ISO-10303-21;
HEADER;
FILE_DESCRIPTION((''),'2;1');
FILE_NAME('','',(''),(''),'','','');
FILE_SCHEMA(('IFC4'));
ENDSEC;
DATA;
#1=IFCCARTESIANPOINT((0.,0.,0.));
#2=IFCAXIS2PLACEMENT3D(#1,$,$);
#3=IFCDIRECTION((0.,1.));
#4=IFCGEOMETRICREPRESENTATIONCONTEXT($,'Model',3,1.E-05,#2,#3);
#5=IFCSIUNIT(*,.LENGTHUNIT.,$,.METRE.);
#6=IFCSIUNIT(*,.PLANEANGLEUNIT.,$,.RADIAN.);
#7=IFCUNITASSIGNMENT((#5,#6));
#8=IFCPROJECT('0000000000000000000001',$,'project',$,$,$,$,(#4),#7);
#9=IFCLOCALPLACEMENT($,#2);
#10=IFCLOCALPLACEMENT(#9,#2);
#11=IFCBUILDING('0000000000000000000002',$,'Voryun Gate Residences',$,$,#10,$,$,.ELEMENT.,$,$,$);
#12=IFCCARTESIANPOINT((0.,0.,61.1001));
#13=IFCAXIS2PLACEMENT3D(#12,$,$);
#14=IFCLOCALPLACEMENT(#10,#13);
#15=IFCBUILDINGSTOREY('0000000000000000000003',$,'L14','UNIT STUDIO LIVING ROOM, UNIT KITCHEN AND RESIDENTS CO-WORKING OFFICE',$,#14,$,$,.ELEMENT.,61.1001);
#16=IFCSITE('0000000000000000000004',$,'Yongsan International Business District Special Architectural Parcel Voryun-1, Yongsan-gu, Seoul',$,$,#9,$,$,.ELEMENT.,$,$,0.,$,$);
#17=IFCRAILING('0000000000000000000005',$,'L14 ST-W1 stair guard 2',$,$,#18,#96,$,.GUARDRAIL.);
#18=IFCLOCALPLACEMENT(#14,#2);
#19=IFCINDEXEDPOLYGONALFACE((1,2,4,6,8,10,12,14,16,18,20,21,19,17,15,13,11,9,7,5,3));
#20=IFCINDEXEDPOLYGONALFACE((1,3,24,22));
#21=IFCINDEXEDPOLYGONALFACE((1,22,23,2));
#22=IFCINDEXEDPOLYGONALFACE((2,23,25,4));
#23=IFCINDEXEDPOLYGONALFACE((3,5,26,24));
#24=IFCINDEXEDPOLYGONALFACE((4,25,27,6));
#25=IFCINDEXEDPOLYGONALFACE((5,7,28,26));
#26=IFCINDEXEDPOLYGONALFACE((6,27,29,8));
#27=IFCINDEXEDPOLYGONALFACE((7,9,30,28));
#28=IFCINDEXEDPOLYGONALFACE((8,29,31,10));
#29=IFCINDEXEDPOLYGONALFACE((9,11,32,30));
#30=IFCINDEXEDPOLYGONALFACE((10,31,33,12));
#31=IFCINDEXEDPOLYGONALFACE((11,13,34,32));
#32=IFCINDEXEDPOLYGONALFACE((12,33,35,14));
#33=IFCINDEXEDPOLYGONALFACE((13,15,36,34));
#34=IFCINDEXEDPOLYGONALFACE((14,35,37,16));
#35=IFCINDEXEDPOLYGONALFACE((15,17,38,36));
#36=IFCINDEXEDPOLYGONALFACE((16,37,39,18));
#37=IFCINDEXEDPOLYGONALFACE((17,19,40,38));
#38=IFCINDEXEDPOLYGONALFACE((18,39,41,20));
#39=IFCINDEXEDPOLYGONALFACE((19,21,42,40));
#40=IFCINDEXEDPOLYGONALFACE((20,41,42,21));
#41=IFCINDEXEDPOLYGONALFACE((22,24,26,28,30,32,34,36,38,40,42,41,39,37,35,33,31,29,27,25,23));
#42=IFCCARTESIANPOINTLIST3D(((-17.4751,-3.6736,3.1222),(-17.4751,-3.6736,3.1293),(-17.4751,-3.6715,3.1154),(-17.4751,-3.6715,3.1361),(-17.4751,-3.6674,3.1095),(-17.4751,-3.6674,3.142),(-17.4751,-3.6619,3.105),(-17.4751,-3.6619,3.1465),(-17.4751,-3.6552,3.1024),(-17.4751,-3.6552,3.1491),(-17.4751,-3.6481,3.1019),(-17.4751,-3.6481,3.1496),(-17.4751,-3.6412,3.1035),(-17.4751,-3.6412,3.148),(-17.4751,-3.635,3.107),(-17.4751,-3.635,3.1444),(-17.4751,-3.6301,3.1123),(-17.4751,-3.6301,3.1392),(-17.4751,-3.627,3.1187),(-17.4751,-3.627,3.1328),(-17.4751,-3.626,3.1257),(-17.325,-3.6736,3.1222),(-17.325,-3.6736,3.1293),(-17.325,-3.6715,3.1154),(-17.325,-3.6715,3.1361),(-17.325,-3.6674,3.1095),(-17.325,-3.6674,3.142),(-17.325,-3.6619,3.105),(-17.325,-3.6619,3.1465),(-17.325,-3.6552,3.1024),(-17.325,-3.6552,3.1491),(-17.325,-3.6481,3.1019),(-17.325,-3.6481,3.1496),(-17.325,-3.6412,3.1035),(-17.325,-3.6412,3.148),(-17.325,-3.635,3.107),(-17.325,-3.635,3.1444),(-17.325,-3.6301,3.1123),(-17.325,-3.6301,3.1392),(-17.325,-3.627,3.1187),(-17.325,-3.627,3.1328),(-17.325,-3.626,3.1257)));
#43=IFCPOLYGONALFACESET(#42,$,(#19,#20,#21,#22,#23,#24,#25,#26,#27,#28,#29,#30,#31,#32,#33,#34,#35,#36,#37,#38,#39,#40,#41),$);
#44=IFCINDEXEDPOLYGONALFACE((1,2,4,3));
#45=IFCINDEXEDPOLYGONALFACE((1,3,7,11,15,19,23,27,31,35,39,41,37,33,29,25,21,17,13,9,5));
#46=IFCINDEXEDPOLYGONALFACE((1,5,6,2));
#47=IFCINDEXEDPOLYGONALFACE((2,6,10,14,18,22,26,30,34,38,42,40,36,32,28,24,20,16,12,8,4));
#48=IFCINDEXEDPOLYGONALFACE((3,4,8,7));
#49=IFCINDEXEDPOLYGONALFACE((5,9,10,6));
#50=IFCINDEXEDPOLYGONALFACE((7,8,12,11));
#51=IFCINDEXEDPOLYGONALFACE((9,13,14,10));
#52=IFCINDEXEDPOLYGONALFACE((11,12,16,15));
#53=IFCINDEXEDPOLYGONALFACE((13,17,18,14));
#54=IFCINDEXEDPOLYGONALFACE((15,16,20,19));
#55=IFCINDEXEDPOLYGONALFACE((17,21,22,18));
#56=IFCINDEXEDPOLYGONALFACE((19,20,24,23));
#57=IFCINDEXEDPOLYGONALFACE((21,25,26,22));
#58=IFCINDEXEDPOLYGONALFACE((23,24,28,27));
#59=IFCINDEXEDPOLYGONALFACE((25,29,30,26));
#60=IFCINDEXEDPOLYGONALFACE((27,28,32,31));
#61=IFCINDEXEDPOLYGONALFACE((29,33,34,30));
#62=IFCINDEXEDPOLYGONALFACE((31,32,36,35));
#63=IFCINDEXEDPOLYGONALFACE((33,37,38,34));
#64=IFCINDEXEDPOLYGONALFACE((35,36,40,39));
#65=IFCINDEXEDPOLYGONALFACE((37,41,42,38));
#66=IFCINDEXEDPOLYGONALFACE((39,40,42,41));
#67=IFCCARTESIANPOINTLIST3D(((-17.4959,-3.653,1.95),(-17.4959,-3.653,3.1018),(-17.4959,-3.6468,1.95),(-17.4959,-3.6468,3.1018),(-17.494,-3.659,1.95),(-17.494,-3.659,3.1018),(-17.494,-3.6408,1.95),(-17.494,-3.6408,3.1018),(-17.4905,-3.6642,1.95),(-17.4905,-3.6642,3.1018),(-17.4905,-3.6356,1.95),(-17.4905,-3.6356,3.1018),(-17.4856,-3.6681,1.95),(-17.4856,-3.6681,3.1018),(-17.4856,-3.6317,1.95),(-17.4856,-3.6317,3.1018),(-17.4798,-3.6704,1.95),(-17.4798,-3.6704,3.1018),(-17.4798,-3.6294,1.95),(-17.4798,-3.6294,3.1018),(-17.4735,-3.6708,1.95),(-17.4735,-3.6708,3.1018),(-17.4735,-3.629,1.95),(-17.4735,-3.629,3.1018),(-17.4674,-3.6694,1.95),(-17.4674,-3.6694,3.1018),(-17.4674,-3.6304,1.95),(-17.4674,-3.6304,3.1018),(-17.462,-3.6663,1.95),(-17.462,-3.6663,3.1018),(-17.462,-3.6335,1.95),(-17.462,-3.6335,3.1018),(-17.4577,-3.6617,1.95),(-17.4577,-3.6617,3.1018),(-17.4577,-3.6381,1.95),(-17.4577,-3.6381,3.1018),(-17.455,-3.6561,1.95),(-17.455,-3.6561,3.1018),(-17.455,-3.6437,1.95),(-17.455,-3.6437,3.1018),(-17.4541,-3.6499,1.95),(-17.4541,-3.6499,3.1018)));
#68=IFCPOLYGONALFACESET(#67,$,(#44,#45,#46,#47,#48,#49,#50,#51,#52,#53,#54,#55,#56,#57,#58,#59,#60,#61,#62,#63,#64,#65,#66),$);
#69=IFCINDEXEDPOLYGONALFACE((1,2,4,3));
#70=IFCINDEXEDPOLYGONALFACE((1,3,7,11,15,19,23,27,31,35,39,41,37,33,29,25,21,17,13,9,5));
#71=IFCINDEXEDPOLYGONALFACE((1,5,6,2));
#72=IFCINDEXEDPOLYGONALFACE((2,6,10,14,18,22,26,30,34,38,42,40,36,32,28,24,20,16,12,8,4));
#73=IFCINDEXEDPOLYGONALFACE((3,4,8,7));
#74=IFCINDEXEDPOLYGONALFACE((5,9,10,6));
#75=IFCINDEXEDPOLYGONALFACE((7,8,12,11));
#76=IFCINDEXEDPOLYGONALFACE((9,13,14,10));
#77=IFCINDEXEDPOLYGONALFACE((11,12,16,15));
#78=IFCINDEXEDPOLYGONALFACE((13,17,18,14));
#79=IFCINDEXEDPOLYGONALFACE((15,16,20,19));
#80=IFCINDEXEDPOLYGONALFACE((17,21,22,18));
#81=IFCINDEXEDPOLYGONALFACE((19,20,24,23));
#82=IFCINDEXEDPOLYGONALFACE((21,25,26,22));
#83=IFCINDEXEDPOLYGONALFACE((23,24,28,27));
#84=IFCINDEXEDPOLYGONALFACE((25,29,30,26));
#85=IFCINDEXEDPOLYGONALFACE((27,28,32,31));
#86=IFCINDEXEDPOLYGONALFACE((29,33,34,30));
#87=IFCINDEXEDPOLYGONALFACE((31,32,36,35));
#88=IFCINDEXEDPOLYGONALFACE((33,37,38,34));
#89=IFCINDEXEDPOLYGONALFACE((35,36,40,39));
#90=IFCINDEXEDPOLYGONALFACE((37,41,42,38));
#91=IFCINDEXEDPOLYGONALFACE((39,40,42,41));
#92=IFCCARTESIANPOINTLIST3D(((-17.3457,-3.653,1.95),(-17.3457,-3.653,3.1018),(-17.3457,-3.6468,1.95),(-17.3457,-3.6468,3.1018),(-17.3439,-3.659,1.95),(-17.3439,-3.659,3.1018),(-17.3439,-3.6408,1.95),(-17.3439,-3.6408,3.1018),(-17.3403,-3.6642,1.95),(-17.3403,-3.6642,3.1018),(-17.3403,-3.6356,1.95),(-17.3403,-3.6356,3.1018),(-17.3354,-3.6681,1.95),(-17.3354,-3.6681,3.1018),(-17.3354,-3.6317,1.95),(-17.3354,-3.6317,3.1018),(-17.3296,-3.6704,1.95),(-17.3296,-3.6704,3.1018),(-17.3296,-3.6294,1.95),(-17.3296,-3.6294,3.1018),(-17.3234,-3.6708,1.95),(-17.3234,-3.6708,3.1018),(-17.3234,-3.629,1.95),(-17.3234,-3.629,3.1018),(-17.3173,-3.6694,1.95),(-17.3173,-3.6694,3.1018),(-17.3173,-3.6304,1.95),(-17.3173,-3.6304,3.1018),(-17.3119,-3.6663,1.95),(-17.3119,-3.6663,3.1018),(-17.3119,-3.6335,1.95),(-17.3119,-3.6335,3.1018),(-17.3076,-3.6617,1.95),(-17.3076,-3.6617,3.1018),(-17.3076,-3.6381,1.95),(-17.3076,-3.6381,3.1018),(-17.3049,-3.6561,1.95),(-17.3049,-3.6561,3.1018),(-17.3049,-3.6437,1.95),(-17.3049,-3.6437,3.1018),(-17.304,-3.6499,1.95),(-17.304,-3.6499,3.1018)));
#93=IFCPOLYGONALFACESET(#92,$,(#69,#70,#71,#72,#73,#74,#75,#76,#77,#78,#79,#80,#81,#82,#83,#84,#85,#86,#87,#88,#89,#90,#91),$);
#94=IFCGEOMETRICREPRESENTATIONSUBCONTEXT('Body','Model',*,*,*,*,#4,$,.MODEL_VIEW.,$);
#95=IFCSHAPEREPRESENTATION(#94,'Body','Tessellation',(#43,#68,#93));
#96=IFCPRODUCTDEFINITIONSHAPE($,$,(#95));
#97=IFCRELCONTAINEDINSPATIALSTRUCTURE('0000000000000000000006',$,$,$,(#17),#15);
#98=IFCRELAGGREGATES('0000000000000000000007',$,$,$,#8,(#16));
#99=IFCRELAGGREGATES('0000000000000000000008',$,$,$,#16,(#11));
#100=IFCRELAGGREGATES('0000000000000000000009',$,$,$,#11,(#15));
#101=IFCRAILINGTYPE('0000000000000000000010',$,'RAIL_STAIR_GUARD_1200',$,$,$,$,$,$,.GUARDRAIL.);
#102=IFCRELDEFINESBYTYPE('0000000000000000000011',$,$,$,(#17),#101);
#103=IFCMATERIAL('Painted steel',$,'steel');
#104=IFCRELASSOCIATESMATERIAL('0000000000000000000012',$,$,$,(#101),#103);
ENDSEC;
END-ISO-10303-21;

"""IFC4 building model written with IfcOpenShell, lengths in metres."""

from ifc_helpers import new_model, si_unit, direction, frame, origin, origin_2d, place, context, subcontext, project, spatial, circle, extrude, material, type_object, element, save


model = new_model("IFC4")

# Units and contexts
model_context = context("Model", 3, precision=1e-05, world=origin(), true_north=direction((0.0, 1.0)))
body_context = subcontext(model_context, "Body", "Model", "MODEL_VIEW")
ifc_project = project(units=[si_unit("LENGTHUNIT", "METRE"), si_unit("PLANEANGLEUNIT", "RADIAN")], contexts=[model_context])

# Site, building, storey
site_placement = place(None, origin())
site = spatial("IfcSite", under=ifc_project, at=site_placement, Name="Yongsan International Business District Special Architectural Parcel Voryun-1, Yongsan-gu, Seoul", CompositionType="ELEMENT", RefElevation=0.0)
building_placement = place(site_placement, origin())
building = spatial("IfcBuilding", under=site, at=building_placement, Name="Voryun Gate Residences", CompositionType="ELEMENT")
storey_placement = place(building_placement, frame((0.0, 0.0, 61.1001)))
storey = spatial("IfcBuildingStorey", under=building, at=storey_placement, Name="L14", Description="UNIT STUDIO LIVING ROOM, UNIT KITCHEN AND RESIDENTS CO-WORKING OFFICE", CompositionType="ELEMENT", Elevation=61.1001)

# Railing
ifc_material_1 = material(Name="Painted steel", Category="steel")
railing_type_1 = type_object("IfcRailingType", Name="RAIL_STAIR_GUARD_1200", PredefinedType="GUARDRAIL", material=ifc_material_1)
railing_1_placement = place(storey_placement, frame((-17.4751, -3.6499, 1.95)))
element("IfcRailing", 1, at=railing_1_placement, inside=storey, type_object=railing_type_1, Name="L14 ST-W1 stair guard 2", PredefinedType="GUARDRAIL", context=body_context, shape_type="SweptSolid", body=[
    extrude(circle(Radius=0.0239, at=origin_2d()), frame((0.0, 0.0, 1.1758), z_axis=(1.0, 0.0, 0.0), x_axis=(0.0, 1.0, 0.0)), (0.0, 0.0, 1.0), 0.1501),
    extrude(circle(Radius=0.021, at=origin_2d()), origin(), (0.0, 0.0, 1.0), 1.1519),
    extrude(circle(Radius=0.021, at=origin_2d()), frame((0.1501, 0.0, 0.0)), (0.0, 0.0, 1.0), 1.1519),
])

save(model, "model.ifc")
